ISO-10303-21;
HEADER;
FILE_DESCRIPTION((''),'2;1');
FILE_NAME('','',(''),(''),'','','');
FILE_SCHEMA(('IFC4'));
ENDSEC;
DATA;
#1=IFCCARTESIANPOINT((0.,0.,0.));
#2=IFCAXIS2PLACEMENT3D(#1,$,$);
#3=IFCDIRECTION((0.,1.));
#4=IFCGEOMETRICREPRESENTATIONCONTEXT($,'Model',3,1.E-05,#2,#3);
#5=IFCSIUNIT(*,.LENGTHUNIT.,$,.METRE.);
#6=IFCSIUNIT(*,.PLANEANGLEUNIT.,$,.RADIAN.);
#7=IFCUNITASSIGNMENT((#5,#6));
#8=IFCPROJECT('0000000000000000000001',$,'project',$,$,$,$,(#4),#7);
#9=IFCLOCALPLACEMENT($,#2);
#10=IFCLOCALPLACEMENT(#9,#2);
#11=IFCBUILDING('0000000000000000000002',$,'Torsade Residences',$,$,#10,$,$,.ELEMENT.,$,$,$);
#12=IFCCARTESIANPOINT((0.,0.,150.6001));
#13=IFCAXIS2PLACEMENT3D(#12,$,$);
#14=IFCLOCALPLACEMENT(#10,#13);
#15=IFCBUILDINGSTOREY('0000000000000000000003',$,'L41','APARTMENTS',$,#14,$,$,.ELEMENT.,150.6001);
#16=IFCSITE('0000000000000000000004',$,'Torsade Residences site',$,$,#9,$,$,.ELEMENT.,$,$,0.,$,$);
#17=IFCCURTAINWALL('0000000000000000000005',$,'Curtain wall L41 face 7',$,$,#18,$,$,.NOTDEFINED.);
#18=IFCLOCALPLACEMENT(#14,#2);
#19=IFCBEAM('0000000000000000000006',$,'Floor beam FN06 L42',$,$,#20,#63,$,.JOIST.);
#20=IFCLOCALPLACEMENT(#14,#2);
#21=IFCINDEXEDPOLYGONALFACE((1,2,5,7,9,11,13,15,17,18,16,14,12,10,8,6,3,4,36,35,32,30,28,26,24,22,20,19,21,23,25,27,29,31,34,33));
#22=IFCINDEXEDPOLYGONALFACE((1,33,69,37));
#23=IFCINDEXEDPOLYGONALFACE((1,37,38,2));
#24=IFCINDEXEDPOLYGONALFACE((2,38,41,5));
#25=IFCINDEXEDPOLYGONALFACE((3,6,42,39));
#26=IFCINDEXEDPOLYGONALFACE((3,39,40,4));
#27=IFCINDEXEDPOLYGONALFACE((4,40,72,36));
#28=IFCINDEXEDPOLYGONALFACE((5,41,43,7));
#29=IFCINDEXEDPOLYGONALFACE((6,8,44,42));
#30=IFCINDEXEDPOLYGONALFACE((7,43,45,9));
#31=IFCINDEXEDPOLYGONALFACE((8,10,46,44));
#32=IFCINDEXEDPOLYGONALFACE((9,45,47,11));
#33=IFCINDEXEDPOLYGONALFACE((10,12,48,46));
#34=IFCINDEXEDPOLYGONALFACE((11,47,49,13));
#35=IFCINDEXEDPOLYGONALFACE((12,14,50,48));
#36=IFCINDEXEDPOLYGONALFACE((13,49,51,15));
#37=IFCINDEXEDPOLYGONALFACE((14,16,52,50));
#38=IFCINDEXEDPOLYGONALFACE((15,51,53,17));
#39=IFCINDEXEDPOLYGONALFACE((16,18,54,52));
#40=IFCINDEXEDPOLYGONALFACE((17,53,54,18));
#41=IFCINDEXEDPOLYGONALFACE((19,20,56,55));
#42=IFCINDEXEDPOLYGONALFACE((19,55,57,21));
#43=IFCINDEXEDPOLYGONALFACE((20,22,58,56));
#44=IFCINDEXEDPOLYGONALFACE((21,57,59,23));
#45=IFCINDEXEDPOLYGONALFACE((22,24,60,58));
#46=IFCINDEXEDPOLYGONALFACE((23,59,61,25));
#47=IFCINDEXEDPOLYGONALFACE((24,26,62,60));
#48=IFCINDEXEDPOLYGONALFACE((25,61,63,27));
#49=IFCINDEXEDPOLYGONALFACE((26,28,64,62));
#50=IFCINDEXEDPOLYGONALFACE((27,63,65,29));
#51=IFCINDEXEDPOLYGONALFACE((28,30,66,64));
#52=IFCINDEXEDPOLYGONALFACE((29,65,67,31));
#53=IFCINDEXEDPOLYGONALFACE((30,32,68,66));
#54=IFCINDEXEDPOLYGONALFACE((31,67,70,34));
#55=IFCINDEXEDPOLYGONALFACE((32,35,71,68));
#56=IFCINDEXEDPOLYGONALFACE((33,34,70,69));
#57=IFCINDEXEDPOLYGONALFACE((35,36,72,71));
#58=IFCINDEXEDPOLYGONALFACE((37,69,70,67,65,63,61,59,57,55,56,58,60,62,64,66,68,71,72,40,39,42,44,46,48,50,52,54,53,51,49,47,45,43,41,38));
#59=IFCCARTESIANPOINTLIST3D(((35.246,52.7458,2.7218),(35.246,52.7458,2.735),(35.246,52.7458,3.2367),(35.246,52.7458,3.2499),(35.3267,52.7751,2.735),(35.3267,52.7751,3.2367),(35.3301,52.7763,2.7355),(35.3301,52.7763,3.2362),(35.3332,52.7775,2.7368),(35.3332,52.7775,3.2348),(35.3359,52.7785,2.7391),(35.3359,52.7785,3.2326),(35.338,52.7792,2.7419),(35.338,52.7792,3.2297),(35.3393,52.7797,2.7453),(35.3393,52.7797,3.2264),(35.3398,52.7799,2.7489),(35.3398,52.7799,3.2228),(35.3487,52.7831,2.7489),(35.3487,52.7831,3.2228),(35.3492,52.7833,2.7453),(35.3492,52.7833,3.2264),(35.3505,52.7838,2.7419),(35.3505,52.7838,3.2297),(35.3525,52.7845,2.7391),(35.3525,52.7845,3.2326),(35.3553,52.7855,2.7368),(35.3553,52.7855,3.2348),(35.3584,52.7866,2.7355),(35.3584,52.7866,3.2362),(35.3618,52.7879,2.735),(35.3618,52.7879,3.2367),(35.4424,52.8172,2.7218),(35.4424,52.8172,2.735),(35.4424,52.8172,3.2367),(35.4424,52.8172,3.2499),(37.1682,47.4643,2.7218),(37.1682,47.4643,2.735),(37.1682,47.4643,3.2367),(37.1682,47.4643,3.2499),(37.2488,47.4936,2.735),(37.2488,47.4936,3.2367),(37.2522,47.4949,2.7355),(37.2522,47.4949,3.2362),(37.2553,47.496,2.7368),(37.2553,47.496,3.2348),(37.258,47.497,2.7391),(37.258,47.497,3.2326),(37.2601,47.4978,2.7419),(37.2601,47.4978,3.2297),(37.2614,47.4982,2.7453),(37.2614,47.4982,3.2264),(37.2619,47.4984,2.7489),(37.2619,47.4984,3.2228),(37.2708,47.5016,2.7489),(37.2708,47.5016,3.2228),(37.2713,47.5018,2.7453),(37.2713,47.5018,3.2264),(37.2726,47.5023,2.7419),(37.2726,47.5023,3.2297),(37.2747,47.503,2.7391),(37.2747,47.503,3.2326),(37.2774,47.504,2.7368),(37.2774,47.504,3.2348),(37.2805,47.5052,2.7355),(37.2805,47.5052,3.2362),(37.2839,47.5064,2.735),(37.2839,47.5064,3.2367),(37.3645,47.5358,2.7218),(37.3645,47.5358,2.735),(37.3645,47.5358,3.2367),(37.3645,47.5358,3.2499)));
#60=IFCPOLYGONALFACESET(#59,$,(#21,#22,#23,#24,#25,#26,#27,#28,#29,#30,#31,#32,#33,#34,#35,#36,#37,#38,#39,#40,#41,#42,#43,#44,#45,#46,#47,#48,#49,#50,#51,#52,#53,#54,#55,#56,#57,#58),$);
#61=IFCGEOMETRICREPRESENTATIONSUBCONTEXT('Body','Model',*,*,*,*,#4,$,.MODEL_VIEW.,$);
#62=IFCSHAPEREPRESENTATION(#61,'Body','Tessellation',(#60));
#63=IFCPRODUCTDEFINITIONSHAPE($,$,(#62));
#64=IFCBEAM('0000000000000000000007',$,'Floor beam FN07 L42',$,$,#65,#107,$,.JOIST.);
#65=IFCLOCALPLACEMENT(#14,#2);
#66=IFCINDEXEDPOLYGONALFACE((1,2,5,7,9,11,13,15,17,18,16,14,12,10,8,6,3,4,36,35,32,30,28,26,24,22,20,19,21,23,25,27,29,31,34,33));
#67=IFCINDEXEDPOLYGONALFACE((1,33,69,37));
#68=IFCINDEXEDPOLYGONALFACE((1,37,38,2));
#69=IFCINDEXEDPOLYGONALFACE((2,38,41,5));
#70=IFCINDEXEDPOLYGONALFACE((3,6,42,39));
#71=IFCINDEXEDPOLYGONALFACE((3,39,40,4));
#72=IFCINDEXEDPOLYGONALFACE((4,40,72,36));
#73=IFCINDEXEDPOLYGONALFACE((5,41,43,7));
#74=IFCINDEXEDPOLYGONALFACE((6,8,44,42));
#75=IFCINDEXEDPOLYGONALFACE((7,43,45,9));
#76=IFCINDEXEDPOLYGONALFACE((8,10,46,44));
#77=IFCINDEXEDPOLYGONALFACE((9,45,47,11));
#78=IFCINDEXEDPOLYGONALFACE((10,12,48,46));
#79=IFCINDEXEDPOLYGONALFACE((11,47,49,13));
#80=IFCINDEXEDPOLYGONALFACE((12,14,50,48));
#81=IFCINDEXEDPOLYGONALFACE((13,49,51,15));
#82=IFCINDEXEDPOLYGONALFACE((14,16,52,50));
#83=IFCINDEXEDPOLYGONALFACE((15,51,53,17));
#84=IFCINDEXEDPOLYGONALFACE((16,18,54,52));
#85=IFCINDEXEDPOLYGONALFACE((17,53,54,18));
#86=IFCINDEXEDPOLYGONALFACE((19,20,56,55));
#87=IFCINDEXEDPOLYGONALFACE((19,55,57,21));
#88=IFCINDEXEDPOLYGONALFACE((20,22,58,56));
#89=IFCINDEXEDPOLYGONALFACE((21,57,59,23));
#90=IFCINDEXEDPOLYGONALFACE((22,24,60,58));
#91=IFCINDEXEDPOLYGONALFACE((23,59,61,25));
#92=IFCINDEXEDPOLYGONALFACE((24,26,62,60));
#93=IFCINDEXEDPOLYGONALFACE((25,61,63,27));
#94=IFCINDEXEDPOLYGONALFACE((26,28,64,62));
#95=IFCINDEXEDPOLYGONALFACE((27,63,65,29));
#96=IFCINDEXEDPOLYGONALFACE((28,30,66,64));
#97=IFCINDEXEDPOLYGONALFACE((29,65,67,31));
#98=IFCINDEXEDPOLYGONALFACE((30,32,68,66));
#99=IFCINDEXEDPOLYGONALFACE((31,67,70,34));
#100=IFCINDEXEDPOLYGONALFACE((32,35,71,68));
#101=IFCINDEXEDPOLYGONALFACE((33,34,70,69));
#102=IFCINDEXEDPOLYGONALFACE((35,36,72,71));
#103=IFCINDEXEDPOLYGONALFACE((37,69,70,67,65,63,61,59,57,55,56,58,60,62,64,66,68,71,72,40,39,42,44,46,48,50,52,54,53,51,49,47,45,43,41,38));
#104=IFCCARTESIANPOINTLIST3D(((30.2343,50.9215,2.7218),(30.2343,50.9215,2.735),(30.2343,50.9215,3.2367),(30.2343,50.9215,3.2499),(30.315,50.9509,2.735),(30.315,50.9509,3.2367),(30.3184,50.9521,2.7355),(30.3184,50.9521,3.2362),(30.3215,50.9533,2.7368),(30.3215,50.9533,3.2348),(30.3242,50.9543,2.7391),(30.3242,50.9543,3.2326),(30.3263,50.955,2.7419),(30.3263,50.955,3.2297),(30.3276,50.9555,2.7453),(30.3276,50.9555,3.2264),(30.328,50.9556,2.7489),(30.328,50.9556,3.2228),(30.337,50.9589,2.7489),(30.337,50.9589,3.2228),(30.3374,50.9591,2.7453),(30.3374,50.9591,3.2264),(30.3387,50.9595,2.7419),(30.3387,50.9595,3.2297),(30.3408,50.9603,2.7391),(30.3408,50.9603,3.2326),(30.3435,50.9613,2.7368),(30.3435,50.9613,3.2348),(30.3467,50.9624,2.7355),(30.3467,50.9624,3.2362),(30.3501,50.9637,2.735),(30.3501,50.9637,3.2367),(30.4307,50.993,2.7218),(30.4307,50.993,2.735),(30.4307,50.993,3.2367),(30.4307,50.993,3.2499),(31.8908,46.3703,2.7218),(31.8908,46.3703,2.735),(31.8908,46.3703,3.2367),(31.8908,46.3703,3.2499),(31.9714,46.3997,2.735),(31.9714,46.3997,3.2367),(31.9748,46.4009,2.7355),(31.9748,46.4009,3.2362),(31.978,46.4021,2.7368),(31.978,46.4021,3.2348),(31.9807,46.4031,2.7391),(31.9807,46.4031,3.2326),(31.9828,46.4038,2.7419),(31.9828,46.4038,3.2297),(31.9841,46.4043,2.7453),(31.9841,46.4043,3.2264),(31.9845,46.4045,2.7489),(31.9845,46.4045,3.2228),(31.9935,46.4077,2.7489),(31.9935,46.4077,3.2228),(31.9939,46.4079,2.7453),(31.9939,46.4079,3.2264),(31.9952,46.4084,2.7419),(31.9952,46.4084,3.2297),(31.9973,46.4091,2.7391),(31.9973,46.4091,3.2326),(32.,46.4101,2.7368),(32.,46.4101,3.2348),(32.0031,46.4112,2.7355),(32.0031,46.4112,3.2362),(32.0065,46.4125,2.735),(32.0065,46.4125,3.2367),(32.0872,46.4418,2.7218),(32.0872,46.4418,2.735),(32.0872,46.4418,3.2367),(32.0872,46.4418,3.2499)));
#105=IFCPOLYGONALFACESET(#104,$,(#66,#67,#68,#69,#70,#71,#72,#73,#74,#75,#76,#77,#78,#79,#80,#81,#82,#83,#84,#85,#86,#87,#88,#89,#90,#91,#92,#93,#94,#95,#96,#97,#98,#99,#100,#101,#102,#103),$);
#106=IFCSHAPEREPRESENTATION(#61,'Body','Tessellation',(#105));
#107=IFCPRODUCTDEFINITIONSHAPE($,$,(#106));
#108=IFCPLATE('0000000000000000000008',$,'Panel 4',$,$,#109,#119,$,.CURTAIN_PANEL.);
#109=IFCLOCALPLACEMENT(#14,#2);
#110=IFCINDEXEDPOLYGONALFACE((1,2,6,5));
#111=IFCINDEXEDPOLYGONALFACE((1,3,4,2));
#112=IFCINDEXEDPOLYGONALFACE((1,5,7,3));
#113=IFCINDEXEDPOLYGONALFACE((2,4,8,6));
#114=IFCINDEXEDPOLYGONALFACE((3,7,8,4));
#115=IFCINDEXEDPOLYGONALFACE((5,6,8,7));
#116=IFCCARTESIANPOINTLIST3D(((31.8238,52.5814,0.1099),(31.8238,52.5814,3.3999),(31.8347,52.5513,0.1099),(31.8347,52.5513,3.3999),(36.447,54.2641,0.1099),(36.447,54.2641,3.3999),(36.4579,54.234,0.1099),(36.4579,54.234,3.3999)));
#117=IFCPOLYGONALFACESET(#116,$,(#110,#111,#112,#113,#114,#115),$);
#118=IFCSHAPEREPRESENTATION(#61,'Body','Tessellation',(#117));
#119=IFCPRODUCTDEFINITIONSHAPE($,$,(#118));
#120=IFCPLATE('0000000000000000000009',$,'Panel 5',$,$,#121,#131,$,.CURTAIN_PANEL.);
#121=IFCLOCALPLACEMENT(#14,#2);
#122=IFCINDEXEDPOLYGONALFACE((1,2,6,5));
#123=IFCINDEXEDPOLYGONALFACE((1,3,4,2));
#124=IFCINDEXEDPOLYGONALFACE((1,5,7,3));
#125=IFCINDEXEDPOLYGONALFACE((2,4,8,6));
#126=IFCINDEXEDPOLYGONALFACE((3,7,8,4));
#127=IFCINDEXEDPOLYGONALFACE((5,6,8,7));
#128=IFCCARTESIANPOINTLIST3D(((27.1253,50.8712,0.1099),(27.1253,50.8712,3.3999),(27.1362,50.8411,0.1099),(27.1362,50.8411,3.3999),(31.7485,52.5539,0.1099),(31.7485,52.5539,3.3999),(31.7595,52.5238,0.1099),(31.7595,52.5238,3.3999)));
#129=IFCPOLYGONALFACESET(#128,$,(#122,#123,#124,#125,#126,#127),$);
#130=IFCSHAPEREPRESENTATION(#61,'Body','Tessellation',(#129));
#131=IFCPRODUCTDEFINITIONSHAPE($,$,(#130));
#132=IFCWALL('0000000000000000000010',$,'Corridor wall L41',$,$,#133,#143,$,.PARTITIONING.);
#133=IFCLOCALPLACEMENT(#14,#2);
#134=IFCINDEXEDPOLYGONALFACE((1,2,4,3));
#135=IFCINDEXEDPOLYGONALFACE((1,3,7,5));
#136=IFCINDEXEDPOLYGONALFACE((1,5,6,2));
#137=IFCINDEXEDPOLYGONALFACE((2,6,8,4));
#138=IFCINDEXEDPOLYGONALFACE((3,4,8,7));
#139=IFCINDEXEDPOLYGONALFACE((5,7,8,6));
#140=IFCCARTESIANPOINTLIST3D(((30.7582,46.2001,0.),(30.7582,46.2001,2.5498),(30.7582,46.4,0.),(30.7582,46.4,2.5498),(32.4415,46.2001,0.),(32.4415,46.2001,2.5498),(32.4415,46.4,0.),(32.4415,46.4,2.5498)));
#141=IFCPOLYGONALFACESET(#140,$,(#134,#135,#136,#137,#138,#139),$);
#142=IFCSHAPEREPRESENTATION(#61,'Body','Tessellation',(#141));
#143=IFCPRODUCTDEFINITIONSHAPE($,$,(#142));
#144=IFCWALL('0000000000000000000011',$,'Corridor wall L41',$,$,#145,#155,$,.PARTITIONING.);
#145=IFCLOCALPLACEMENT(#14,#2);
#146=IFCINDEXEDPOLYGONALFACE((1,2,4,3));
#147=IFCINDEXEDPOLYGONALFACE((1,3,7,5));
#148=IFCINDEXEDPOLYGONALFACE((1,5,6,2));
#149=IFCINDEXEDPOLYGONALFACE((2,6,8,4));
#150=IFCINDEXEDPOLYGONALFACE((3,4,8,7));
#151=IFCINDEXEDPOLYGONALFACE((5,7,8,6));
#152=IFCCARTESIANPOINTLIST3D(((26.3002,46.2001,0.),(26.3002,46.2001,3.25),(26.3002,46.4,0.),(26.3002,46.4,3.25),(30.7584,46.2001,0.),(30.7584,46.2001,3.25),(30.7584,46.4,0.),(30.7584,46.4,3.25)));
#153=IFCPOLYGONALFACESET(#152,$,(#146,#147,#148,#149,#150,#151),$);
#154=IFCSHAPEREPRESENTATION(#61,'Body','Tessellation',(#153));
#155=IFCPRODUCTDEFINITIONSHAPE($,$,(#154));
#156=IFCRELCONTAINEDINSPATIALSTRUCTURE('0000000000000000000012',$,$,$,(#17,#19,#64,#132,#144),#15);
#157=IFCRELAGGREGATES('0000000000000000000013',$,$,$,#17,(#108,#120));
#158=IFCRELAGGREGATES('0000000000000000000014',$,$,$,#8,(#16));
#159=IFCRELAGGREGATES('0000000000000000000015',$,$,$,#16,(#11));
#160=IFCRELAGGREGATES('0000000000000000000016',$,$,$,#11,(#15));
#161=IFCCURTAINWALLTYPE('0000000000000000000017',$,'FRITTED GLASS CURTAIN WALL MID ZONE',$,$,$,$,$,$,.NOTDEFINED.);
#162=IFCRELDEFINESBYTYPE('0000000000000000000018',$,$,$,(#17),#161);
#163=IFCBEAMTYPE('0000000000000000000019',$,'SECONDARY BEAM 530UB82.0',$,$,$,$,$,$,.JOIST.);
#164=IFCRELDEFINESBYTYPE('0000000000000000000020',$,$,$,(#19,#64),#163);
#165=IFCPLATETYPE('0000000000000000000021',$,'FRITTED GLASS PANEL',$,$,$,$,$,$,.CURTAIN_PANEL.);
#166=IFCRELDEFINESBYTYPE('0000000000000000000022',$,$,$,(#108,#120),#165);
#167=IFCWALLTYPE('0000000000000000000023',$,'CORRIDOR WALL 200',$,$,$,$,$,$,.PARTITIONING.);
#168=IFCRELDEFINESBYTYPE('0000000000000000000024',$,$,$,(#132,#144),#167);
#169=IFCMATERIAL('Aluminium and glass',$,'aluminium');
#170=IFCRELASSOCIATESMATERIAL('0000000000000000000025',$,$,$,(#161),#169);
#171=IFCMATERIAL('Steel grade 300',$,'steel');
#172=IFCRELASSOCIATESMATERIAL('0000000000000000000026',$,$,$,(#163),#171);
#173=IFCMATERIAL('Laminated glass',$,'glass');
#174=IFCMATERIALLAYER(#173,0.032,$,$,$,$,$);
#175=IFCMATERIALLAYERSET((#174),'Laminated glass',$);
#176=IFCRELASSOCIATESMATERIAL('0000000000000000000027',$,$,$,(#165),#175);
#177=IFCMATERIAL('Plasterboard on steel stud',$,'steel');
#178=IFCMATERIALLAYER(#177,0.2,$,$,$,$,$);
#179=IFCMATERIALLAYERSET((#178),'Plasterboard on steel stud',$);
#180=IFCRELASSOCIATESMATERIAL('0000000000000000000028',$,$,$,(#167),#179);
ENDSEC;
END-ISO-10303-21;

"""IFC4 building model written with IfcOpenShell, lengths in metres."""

from ifc_helpers import new_model, si_unit, direction, frame, frame_2d, origin, origin_2d, place, context, subcontext, project, spatial, rectangle, i_section, extrude, material, layer, layer_set, material_profile, profile_set, type_object, element, aggregate, save


model = new_model("IFC4")

# Units and contexts
model_context = context("Model", 3, precision=1e-05, world=origin(), true_north=direction((0.0, 1.0)))
body_context = subcontext(model_context, "Body", "Model", "MODEL_VIEW")
ifc_project = project(units=[si_unit("LENGTHUNIT", "METRE"), si_unit("PLANEANGLEUNIT", "RADIAN")], contexts=[model_context])

# Site, building, storey
site_placement = place(None, origin())
site = spatial("IfcSite", under=ifc_project, at=site_placement, Name="Torsade Residences site", CompositionType="ELEMENT", RefElevation=0.0)
building_placement = place(site_placement, origin())
building = spatial("IfcBuilding", under=site, at=building_placement, Name="Torsade Residences", CompositionType="ELEMENT")
storey_placement = place(building_placement, frame((0.0, 0.0, 150.6001)))
storey = spatial("IfcBuildingStorey", under=building, at=storey_placement, Name="L41", Description="APARTMENTS", CompositionType="ELEMENT", Elevation=150.6001)

# Curtain wall
ifc_material_1 = material(Name="Aluminium and glass", Category="aluminium")
curtain_wall_type = type_object("IfcCurtainWallType", Name="FRITTED GLASS CURTAIN WALL MID ZONE", PredefinedType="NOTDEFINED", material=ifc_material_1)
curtain_wall_placement = place(storey_placement, origin())
curtain_wall = element("IfcCurtainWall", 1, at=curtain_wall_placement, inside=storey, type_object=curtain_wall_type, Name="Curtain wall L41 face 7", PredefinedType="NOTDEFINED")

# Beams
ifc_material_2 = material(Name="Steel grade 300", Category="steel")
ifc_material_profile_1 = material_profile(ifc_material_2, i_section(OverallWidth=0.209, OverallDepth=0.5281, WebThickness=0.0095, FlangeThickness=0.0132, FilletRadius=0.0139, at=origin_2d()), Name="530UB82.0")
ifc_profile_set_1 = profile_set([ifc_material_profile_1], Name="Steel grade 300")
beam_type_1 = type_object("IfcBeamType", Name="SECONDARY BEAM 530UB82.0", PredefinedType="JOIST", material=ifc_profile_set_1)
beam_1_placement = place(storey_placement, frame((35.3442, 52.7815, 2.9858), z_axis=(0.341991, -0.939703, 0.0), x_axis=(0.939703, 0.341991, 0.0)))
element("IfcBeam", 2, at=beam_1_placement, inside=storey, type_object=beam_type_1, Name="Floor beam FN06 L42", PredefinedType="JOIST", context=body_context, shape_type="SweptSolid", body=[
    extrude(i_section(OverallWidth=0.209, OverallDepth=0.5281, WebThickness=0.0095, FlangeThickness=0.0132, FilletRadius=0.0139, at=origin_2d()), origin(), (0.0, 0.0, 1.0), 5.6204),
])
beam_2_placement = place(storey_placement, frame((30.3325, 50.9573, 2.9858), z_axis=(0.342014, -0.939695, 0.0), x_axis=(0.939695, 0.342014, 0.0)))
element("IfcBeam", 3, at=beam_2_placement, inside=storey, type_object=beam_type_1, Name="Floor beam FN07 L42", PredefinedType="JOIST", context=body_context, shape_type="SweptSolid", body=[
    extrude(i_section(OverallWidth=0.209, OverallDepth=0.5281, WebThickness=0.0095, FlangeThickness=0.0132, FilletRadius=0.0139, at=origin_2d()), origin(), (0.0, 0.0, 1.0), 4.8433),
])

# Plates
ifc_material_3 = material(Name="Laminated glass", Category="glass")
ifc_layer_1 = layer(ifc_material_3, 0.032)
ifc_layer_set_1 = layer_set([ifc_layer_1], Name="Laminated glass")
plate_type = type_object("IfcPlateType", Name="FRITTED GLASS PANEL", PredefinedType="CURTAIN_PANEL", material=ifc_layer_set_1)
plate_1_placement = place(storey_placement, frame((34.1409, 53.4077, 0.1099), z_axis=(0.0, 0.0, 1.0), x_axis=(-0.939693, -0.34202, 0.0)))
plate_1 = element("IfcPlate", 4, at=plate_1_placement, type_object=plate_type, Name="Panel 4", PredefinedType="CURTAIN_PANEL", context=body_context, shape_type="SweptSolid", body=[
    extrude(rectangle(XDim=4.9199, YDim=0.032, at=origin_2d()), origin(), (0.0, 0.0, 1.0), 3.29),
])
plate_2_placement = place(storey_placement, frame((29.4424, 51.6975, 0.1099), z_axis=(0.0, 0.0, 1.0), x_axis=(-0.939693, -0.34202, 0.0)))
plate_2 = element("IfcPlate", 5, at=plate_2_placement, type_object=plate_type, Name="Panel 5", PredefinedType="CURTAIN_PANEL", context=body_context, shape_type="SweptSolid", body=[
    extrude(rectangle(XDim=4.9199, YDim=0.032, at=origin_2d()), origin(), (0.0, 0.0, 1.0), 3.29),
])
aggregate(curtain_wall, [plate_1, plate_2])

# Walls
ifc_material_4 = material(Name="Plasterboard on steel stud", Category="steel")
ifc_layer_2 = layer(ifc_material_4, 0.2)
ifc_layer_set_2 = layer_set([ifc_layer_2], Name="Plasterboard on steel stud")
wall_type_1 = type_object("IfcWallType", Name="CORRIDOR WALL 200", PredefinedType="PARTITIONING", material=ifc_layer_set_2)
wall_1_placement = place(storey_placement, frame((32.4417, 46.3, 0.0), z_axis=(0.0, 0.0, 1.0), x_axis=(-1.0, 0.0, 0.0)))
element("IfcWall", 6, at=wall_1_placement, inside=storey, type_object=wall_type_1, Name="Corridor wall L41", PredefinedType="PARTITIONING", context=body_context, shape_type="SweptSolid", body=[
    extrude(rectangle(XDim=1.6833, YDim=0.2, at=frame_2d((0.8418, 0.0))), origin(), (0.0, 0.0, 1.0), 2.5498),
])
wall_2_placement = place(storey_placement, frame((30.7583, 46.3, 0.0), z_axis=(0.0, 0.0, 1.0), x_axis=(-1.0, 0.0, 0.0)))
element("IfcWall", 7, at=wall_2_placement, inside=storey, type_object=wall_type_1, Name="Corridor wall L41", PredefinedType="PARTITIONING", context=body_context, shape_type="SweptSolid", body=[
    extrude(rectangle(XDim=4.4583, YDim=0.2, at=frame_2d((2.229, 0.0))), origin(), (0.0, 0.0, 1.0), 3.25),
])

save(model, "model.ifc")
